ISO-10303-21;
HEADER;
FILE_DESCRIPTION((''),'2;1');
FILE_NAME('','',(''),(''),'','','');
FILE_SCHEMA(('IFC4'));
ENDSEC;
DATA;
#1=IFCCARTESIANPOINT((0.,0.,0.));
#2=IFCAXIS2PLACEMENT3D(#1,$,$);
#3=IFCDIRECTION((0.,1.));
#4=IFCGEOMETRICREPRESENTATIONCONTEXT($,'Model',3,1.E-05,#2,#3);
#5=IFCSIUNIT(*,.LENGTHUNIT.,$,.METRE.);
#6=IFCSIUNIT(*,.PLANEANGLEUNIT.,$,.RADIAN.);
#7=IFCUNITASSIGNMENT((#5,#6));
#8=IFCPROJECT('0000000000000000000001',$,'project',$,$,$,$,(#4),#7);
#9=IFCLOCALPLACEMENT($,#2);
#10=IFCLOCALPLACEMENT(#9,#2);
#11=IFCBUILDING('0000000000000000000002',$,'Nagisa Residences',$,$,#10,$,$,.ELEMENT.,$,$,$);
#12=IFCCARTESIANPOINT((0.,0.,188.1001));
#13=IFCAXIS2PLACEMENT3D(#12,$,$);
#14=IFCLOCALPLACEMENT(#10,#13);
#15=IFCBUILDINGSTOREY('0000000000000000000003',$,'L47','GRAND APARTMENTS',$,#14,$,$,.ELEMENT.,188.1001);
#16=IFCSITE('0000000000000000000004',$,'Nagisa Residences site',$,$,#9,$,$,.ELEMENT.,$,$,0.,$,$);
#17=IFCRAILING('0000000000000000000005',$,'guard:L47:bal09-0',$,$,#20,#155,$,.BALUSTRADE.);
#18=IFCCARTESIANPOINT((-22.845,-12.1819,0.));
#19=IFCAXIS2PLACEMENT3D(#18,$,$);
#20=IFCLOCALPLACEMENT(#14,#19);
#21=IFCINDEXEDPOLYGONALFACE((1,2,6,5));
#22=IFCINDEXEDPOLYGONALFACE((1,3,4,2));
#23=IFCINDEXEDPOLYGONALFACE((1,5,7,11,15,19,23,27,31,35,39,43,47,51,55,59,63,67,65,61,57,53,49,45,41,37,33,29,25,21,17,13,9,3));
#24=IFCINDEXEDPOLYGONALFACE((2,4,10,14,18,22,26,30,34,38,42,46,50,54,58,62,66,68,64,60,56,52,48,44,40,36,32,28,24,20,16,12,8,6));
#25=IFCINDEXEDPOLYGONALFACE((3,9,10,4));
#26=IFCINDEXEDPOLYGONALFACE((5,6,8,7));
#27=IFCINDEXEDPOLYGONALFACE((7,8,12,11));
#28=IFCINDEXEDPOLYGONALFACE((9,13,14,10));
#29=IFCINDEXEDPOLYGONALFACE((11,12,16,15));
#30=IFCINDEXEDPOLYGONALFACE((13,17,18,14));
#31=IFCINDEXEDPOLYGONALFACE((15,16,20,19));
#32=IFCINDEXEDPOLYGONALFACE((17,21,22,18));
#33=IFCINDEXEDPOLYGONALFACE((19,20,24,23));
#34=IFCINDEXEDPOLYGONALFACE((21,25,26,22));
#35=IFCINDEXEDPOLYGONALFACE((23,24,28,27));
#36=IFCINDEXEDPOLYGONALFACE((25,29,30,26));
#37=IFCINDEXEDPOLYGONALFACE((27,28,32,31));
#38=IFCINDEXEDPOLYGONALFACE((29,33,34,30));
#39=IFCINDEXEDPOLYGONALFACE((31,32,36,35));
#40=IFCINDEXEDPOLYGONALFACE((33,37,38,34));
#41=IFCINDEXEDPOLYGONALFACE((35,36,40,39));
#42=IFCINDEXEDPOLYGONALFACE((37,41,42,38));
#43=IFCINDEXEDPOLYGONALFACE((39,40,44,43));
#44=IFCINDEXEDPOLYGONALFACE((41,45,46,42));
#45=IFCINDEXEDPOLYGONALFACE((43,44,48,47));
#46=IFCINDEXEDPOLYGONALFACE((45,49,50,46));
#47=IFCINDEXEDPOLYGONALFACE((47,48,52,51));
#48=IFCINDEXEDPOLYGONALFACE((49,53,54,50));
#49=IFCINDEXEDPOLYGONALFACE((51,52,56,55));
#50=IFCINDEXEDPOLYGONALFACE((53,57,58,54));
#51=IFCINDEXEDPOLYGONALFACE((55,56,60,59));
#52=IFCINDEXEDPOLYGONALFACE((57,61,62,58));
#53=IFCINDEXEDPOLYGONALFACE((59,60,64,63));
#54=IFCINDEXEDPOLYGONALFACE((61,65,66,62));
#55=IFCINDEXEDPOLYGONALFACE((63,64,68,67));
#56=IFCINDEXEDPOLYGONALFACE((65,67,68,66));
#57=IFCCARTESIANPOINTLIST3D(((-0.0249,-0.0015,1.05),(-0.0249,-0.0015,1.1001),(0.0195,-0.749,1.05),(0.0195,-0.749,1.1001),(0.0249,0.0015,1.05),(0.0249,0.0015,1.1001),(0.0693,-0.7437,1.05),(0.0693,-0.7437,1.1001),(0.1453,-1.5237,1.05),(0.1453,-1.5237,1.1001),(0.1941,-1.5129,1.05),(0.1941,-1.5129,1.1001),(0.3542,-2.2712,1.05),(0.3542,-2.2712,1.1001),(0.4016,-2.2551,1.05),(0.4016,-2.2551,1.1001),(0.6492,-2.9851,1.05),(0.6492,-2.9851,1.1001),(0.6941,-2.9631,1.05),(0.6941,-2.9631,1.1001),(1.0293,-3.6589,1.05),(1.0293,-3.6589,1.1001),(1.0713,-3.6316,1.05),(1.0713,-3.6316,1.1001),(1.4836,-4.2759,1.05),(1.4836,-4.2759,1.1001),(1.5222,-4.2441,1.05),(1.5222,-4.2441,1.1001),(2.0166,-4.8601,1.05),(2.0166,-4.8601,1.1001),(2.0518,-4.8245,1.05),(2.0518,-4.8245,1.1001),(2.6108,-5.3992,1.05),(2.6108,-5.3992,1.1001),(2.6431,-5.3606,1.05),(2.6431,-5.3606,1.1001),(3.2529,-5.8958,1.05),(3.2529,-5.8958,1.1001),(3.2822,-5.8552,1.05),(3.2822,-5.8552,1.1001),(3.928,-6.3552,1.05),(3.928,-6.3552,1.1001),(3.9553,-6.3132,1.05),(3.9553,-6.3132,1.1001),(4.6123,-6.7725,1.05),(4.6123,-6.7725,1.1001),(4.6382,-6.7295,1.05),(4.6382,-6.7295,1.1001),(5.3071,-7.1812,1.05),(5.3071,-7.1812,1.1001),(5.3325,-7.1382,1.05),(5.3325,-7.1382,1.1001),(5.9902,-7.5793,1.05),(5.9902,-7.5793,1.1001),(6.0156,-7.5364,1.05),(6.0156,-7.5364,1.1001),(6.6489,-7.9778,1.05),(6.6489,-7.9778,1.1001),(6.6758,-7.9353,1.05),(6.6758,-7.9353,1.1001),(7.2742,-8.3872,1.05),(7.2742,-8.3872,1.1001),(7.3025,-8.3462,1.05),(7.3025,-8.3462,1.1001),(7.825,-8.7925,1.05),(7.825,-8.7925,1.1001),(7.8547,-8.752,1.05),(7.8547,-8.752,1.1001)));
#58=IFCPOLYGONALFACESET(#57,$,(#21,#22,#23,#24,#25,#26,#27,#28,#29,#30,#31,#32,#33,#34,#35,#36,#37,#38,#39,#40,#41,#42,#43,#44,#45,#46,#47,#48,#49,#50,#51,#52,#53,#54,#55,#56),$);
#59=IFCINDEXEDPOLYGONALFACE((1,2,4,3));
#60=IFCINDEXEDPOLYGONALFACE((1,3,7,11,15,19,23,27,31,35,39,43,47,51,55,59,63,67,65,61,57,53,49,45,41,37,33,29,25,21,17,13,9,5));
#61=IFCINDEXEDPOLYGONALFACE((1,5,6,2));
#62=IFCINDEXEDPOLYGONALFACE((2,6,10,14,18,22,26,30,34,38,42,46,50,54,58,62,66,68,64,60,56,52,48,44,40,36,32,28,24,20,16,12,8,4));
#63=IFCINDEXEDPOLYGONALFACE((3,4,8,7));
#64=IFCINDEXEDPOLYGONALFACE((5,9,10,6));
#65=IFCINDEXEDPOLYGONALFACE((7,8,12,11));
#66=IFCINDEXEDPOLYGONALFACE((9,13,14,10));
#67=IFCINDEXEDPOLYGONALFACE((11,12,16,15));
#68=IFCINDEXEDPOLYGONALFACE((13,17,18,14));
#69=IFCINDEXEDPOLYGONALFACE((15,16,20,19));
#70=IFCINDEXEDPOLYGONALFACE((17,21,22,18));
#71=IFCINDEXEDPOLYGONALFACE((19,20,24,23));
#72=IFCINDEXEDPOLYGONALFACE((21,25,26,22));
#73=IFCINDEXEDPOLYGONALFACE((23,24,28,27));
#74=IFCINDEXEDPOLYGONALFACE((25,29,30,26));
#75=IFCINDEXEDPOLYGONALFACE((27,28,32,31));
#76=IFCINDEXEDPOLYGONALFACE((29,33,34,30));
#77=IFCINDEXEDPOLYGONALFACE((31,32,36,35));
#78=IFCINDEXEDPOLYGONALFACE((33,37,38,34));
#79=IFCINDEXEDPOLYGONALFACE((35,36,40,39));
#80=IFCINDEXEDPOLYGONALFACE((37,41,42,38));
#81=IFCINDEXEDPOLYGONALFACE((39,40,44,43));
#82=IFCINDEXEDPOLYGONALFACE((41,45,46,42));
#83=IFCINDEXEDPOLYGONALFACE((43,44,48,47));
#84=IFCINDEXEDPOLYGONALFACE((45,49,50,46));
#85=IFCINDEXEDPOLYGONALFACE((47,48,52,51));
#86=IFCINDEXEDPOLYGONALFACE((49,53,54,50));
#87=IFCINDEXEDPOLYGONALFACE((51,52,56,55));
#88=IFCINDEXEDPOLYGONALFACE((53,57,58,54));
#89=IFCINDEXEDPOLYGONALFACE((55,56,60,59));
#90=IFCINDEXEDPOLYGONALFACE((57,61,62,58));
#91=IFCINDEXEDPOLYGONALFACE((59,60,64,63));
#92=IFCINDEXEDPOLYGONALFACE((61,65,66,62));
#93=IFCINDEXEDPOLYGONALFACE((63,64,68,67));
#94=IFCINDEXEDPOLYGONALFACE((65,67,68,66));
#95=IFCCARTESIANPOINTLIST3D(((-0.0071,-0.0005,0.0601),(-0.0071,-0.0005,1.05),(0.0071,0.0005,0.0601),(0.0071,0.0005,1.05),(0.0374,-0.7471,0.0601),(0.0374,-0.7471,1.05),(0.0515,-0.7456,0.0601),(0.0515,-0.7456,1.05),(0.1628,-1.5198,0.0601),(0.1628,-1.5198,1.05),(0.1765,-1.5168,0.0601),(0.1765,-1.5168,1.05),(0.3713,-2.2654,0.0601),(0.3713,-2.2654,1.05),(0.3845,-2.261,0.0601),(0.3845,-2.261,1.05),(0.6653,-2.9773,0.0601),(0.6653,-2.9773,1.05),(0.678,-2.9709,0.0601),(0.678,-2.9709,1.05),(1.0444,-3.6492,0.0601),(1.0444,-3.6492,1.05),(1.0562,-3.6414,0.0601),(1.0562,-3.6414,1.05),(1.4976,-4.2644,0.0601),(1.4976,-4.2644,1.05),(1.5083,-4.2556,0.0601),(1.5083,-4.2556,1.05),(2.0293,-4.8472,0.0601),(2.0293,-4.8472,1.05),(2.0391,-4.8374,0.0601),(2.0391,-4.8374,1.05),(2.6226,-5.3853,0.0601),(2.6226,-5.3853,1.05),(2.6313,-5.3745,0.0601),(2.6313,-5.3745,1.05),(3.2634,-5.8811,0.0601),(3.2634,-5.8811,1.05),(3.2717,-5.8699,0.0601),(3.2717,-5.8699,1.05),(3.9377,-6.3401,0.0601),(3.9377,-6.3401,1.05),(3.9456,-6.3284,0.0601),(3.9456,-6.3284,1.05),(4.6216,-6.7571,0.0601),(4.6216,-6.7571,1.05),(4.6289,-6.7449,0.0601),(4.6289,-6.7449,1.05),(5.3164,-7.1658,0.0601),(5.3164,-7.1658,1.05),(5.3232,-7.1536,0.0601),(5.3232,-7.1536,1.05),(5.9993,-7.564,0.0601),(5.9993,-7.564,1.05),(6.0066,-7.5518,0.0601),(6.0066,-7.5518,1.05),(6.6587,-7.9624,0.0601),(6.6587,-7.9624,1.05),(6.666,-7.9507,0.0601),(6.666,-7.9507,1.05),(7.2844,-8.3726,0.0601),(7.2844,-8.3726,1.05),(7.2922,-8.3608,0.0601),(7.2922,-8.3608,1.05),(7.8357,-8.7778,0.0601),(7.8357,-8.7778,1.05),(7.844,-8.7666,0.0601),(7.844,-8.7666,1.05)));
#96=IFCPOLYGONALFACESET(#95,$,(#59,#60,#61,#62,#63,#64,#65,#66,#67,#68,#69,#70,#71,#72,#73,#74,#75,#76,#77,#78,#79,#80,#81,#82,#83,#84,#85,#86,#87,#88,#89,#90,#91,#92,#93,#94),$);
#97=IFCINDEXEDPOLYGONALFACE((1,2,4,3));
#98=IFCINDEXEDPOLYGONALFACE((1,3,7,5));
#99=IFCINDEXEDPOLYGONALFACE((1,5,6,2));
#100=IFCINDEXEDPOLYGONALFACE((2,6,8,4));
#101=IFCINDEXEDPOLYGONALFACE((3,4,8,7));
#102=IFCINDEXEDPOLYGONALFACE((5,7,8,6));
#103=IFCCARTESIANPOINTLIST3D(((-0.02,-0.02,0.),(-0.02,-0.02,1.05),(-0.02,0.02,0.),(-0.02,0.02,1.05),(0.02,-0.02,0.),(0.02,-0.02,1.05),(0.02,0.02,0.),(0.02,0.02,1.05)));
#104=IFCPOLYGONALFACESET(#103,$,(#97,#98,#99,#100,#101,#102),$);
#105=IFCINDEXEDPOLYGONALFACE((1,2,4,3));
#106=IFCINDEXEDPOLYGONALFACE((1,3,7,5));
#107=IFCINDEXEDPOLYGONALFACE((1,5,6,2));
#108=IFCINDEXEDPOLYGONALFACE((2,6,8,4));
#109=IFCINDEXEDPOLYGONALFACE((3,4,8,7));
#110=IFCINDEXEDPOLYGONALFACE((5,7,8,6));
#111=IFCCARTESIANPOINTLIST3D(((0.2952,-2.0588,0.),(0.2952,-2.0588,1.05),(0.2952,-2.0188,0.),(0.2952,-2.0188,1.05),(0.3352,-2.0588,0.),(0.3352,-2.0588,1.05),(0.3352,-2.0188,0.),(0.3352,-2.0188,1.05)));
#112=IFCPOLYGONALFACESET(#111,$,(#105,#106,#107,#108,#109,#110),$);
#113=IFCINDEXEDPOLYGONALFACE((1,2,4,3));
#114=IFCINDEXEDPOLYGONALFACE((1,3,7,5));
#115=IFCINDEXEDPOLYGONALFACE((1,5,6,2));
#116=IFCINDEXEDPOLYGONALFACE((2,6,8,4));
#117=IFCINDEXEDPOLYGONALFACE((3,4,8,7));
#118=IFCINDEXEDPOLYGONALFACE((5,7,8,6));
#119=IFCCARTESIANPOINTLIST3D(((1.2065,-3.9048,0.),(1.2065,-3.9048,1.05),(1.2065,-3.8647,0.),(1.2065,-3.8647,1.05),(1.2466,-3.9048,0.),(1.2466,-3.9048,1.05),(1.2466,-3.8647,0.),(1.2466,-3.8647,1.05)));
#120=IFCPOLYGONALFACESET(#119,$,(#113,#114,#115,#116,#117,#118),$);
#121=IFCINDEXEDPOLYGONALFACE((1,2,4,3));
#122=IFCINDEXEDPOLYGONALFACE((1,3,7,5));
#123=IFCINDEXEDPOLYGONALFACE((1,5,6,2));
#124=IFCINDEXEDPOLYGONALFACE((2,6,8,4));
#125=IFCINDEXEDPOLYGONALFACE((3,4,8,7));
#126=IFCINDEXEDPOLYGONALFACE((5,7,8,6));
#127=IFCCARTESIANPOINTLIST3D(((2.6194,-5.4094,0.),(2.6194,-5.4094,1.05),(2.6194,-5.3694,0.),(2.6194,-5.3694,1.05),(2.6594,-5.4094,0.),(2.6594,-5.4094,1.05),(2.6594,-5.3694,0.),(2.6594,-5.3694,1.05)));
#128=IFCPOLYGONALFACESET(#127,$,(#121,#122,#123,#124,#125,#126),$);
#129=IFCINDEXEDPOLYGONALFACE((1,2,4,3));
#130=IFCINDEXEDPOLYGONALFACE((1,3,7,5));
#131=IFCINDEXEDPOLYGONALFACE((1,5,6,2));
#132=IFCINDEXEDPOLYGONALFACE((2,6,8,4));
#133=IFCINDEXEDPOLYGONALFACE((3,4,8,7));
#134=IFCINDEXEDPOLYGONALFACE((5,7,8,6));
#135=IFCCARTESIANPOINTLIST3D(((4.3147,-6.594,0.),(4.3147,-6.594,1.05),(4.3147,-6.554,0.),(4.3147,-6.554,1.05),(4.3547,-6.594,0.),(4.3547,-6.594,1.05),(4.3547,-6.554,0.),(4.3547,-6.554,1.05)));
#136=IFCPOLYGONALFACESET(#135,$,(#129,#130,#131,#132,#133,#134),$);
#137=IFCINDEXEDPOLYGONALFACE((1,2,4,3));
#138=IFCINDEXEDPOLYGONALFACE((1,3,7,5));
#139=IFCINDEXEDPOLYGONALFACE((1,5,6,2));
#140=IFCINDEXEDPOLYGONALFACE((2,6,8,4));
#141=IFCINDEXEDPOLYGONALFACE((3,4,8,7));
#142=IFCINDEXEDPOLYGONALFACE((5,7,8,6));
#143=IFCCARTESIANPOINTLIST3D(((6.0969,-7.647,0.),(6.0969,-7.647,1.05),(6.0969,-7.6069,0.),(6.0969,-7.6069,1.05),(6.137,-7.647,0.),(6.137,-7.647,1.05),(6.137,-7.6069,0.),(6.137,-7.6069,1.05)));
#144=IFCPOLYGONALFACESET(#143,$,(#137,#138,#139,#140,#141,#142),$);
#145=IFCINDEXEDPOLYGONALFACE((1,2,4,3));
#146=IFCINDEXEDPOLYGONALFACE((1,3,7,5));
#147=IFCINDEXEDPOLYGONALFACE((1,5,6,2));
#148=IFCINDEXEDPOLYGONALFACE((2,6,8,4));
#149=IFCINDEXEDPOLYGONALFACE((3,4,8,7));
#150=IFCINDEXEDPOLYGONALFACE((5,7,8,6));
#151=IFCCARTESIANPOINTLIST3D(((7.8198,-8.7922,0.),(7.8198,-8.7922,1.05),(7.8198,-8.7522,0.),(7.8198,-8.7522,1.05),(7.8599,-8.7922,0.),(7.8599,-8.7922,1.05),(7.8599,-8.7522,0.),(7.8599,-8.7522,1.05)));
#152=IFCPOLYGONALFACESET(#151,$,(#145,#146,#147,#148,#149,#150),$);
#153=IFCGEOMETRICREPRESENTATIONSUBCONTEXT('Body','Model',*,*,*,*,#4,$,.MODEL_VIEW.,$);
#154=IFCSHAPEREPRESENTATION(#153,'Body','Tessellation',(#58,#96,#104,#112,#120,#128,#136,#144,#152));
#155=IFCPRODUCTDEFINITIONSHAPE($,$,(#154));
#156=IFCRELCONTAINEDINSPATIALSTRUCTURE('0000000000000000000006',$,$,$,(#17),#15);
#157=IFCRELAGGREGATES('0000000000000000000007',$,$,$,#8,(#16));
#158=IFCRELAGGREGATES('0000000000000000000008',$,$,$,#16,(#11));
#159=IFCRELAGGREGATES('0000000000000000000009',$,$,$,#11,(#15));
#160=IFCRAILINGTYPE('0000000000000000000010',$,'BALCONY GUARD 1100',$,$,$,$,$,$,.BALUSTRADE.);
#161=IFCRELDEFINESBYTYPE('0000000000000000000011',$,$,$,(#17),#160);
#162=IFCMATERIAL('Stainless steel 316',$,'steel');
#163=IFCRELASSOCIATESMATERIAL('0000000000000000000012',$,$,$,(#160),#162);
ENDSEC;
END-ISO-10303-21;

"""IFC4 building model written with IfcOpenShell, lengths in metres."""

from ifc_helpers import new_model, si_unit, direction, frame, origin, origin_2d, place, context, subcontext, project, spatial, polyline, rectangle, outline, extrude, material, type_object, element, save


model = new_model("IFC4")

# Units and contexts
model_context = context("Model", 3, precision=1e-05, world=origin(), true_north=direction((0.0, 1.0)))
body_context = subcontext(model_context, "Body", "Model", "MODEL_VIEW")
ifc_project = project(units=[si_unit("LENGTHUNIT", "METRE"), si_unit("PLANEANGLEUNIT", "RADIAN")], contexts=[model_context])

# Site, building, storey
site_placement = place(None, origin())
site = spatial("IfcSite", under=ifc_project, at=site_placement, Name="Nagisa Residences site", CompositionType="ELEMENT", RefElevation=0.0)
building_placement = place(site_placement, origin())
building = spatial("IfcBuilding", under=site, at=building_placement, Name="Nagisa Residences", CompositionType="ELEMENT")
storey_placement = place(building_placement, frame((0.0, 0.0, 188.1001)))
storey = spatial("IfcBuildingStorey", under=building, at=storey_placement, Name="L47", Description="GRAND APARTMENTS", CompositionType="ELEMENT", Elevation=188.1001)

# Railing
ifc_material_1 = material(Name="Stainless steel 316", Category="steel")
railing_type = type_object("IfcRailingType", Name="BALCONY GUARD 1100", PredefinedType="BALUSTRADE", material=ifc_material_1)
railing_1_placement = place(storey_placement, frame((-22.845, -12.1819, 0.0)))
element("IfcRailing", 1, at=railing_1_placement, inside=storey, type_object=railing_type, Name="guard:L47:bal09-0", PredefinedType="BALUSTRADE", context=body_context, shape_type="SweptSolid", body=[
    extrude(outline(polyline([(0.0693, -0.7437), (0.0249, 0.0015), (-0.0249, -0.0015), (0.0195, -0.749), (0.1453, -1.5237), (0.3542, -2.2712), (0.6492, -2.9851), (1.0293, -3.6589), (1.4836, -4.2759), (2.0166, -4.8601), (2.6108, -5.3992), (3.2529, -5.8958), (3.928, -6.3552), (4.6123, -6.7725), (5.3071, -7.1812), (5.9902, -7.5793), (6.6489, -7.9778), (7.2742, -8.3872), (7.825, -8.7925), (7.8547, -8.752), (7.3025, -8.3462), (6.6758, -7.9353), (6.0156, -7.5364), (5.3325, -7.1382), (4.6382, -6.7295), (3.9553, -6.3132), (3.2822, -5.8552), (2.6431, -5.3606), (2.0518, -4.8245), (1.5222, -4.2441), (1.0713, -3.6316), (0.6941, -2.9631), (0.4016, -2.2551), (0.1941, -1.5129), (0.0693, -0.7437)])), frame((0.0, 0.0, 1.05)), (0.0, 0.0, 1.0), 0.05),
    extrude(outline(polyline([(0.0515, -0.7456), (0.0071, 0.0005), (-0.0071, -0.0005), (0.0374, -0.7471), (0.1628, -1.5198), (0.3713, -2.2654), (0.6653, -2.9773), (1.0444, -3.6492), (1.4976, -4.2644), (2.0293, -4.8472), (2.6226, -5.3853), (3.2634, -5.8811), (3.9377, -6.3401), (4.6216, -6.7571), (5.3164, -7.1658), (5.9993, -7.564), (6.6587, -7.9624), (7.2844, -8.3726), (7.8357, -8.7778), (7.844, -8.7666), (7.2922, -8.3608), (6.666, -7.9507), (6.0066, -7.5518), (5.3232, -7.1536), (4.6289, -6.7449), (3.9456, -6.3284), (3.2717, -5.8699), (2.6313, -5.3745), (2.0391, -4.8374), (1.5083, -4.2556), (1.0562, -3.6414), (0.678, -2.9709), (0.3845, -2.261), (0.1765, -1.5168), (0.0515, -0.7456)])), frame((0.0, 0.0, 0.0601)), (0.0, 0.0, 1.0), 0.99),
    extrude(rectangle(XDim=0.04, YDim=0.04, at=origin_2d()), origin(), (0.0, 0.0, 1.0), 1.05),
    extrude(rectangle(XDim=0.04, YDim=0.04, at=origin_2d()), frame((0.3152, -2.0388, 0.0)), (0.0, 0.0, 1.0), 1.05),
    extrude(rectangle(XDim=0.04, YDim=0.04, at=origin_2d()), frame((1.2266, -3.8848, 0.0)), (0.0, 0.0, 1.0), 1.05),
    extrude(rectangle(XDim=0.04, YDim=0.04, at=origin_2d()), frame((2.6394, -5.3894, 0.0)), (0.0, 0.0, 1.0), 1.05),
    extrude(rectangle(XDim=0.04, YDim=0.04, at=origin_2d()), frame((4.3347, -6.574, 0.0)), (0.0, 0.0, 1.0), 1.05),
    extrude(rectangle(XDim=0.04, YDim=0.04, at=origin_2d()), frame((6.1169, -7.627, 0.0)), (0.0, 0.0, 1.0), 1.05),
    extrude(rectangle(XDim=0.04, YDim=0.04, at=origin_2d()), frame((7.8398, -8.7722, 0.0)), (0.0, 0.0, 1.0), 1.05),
])

save(model, "model.ifc")
